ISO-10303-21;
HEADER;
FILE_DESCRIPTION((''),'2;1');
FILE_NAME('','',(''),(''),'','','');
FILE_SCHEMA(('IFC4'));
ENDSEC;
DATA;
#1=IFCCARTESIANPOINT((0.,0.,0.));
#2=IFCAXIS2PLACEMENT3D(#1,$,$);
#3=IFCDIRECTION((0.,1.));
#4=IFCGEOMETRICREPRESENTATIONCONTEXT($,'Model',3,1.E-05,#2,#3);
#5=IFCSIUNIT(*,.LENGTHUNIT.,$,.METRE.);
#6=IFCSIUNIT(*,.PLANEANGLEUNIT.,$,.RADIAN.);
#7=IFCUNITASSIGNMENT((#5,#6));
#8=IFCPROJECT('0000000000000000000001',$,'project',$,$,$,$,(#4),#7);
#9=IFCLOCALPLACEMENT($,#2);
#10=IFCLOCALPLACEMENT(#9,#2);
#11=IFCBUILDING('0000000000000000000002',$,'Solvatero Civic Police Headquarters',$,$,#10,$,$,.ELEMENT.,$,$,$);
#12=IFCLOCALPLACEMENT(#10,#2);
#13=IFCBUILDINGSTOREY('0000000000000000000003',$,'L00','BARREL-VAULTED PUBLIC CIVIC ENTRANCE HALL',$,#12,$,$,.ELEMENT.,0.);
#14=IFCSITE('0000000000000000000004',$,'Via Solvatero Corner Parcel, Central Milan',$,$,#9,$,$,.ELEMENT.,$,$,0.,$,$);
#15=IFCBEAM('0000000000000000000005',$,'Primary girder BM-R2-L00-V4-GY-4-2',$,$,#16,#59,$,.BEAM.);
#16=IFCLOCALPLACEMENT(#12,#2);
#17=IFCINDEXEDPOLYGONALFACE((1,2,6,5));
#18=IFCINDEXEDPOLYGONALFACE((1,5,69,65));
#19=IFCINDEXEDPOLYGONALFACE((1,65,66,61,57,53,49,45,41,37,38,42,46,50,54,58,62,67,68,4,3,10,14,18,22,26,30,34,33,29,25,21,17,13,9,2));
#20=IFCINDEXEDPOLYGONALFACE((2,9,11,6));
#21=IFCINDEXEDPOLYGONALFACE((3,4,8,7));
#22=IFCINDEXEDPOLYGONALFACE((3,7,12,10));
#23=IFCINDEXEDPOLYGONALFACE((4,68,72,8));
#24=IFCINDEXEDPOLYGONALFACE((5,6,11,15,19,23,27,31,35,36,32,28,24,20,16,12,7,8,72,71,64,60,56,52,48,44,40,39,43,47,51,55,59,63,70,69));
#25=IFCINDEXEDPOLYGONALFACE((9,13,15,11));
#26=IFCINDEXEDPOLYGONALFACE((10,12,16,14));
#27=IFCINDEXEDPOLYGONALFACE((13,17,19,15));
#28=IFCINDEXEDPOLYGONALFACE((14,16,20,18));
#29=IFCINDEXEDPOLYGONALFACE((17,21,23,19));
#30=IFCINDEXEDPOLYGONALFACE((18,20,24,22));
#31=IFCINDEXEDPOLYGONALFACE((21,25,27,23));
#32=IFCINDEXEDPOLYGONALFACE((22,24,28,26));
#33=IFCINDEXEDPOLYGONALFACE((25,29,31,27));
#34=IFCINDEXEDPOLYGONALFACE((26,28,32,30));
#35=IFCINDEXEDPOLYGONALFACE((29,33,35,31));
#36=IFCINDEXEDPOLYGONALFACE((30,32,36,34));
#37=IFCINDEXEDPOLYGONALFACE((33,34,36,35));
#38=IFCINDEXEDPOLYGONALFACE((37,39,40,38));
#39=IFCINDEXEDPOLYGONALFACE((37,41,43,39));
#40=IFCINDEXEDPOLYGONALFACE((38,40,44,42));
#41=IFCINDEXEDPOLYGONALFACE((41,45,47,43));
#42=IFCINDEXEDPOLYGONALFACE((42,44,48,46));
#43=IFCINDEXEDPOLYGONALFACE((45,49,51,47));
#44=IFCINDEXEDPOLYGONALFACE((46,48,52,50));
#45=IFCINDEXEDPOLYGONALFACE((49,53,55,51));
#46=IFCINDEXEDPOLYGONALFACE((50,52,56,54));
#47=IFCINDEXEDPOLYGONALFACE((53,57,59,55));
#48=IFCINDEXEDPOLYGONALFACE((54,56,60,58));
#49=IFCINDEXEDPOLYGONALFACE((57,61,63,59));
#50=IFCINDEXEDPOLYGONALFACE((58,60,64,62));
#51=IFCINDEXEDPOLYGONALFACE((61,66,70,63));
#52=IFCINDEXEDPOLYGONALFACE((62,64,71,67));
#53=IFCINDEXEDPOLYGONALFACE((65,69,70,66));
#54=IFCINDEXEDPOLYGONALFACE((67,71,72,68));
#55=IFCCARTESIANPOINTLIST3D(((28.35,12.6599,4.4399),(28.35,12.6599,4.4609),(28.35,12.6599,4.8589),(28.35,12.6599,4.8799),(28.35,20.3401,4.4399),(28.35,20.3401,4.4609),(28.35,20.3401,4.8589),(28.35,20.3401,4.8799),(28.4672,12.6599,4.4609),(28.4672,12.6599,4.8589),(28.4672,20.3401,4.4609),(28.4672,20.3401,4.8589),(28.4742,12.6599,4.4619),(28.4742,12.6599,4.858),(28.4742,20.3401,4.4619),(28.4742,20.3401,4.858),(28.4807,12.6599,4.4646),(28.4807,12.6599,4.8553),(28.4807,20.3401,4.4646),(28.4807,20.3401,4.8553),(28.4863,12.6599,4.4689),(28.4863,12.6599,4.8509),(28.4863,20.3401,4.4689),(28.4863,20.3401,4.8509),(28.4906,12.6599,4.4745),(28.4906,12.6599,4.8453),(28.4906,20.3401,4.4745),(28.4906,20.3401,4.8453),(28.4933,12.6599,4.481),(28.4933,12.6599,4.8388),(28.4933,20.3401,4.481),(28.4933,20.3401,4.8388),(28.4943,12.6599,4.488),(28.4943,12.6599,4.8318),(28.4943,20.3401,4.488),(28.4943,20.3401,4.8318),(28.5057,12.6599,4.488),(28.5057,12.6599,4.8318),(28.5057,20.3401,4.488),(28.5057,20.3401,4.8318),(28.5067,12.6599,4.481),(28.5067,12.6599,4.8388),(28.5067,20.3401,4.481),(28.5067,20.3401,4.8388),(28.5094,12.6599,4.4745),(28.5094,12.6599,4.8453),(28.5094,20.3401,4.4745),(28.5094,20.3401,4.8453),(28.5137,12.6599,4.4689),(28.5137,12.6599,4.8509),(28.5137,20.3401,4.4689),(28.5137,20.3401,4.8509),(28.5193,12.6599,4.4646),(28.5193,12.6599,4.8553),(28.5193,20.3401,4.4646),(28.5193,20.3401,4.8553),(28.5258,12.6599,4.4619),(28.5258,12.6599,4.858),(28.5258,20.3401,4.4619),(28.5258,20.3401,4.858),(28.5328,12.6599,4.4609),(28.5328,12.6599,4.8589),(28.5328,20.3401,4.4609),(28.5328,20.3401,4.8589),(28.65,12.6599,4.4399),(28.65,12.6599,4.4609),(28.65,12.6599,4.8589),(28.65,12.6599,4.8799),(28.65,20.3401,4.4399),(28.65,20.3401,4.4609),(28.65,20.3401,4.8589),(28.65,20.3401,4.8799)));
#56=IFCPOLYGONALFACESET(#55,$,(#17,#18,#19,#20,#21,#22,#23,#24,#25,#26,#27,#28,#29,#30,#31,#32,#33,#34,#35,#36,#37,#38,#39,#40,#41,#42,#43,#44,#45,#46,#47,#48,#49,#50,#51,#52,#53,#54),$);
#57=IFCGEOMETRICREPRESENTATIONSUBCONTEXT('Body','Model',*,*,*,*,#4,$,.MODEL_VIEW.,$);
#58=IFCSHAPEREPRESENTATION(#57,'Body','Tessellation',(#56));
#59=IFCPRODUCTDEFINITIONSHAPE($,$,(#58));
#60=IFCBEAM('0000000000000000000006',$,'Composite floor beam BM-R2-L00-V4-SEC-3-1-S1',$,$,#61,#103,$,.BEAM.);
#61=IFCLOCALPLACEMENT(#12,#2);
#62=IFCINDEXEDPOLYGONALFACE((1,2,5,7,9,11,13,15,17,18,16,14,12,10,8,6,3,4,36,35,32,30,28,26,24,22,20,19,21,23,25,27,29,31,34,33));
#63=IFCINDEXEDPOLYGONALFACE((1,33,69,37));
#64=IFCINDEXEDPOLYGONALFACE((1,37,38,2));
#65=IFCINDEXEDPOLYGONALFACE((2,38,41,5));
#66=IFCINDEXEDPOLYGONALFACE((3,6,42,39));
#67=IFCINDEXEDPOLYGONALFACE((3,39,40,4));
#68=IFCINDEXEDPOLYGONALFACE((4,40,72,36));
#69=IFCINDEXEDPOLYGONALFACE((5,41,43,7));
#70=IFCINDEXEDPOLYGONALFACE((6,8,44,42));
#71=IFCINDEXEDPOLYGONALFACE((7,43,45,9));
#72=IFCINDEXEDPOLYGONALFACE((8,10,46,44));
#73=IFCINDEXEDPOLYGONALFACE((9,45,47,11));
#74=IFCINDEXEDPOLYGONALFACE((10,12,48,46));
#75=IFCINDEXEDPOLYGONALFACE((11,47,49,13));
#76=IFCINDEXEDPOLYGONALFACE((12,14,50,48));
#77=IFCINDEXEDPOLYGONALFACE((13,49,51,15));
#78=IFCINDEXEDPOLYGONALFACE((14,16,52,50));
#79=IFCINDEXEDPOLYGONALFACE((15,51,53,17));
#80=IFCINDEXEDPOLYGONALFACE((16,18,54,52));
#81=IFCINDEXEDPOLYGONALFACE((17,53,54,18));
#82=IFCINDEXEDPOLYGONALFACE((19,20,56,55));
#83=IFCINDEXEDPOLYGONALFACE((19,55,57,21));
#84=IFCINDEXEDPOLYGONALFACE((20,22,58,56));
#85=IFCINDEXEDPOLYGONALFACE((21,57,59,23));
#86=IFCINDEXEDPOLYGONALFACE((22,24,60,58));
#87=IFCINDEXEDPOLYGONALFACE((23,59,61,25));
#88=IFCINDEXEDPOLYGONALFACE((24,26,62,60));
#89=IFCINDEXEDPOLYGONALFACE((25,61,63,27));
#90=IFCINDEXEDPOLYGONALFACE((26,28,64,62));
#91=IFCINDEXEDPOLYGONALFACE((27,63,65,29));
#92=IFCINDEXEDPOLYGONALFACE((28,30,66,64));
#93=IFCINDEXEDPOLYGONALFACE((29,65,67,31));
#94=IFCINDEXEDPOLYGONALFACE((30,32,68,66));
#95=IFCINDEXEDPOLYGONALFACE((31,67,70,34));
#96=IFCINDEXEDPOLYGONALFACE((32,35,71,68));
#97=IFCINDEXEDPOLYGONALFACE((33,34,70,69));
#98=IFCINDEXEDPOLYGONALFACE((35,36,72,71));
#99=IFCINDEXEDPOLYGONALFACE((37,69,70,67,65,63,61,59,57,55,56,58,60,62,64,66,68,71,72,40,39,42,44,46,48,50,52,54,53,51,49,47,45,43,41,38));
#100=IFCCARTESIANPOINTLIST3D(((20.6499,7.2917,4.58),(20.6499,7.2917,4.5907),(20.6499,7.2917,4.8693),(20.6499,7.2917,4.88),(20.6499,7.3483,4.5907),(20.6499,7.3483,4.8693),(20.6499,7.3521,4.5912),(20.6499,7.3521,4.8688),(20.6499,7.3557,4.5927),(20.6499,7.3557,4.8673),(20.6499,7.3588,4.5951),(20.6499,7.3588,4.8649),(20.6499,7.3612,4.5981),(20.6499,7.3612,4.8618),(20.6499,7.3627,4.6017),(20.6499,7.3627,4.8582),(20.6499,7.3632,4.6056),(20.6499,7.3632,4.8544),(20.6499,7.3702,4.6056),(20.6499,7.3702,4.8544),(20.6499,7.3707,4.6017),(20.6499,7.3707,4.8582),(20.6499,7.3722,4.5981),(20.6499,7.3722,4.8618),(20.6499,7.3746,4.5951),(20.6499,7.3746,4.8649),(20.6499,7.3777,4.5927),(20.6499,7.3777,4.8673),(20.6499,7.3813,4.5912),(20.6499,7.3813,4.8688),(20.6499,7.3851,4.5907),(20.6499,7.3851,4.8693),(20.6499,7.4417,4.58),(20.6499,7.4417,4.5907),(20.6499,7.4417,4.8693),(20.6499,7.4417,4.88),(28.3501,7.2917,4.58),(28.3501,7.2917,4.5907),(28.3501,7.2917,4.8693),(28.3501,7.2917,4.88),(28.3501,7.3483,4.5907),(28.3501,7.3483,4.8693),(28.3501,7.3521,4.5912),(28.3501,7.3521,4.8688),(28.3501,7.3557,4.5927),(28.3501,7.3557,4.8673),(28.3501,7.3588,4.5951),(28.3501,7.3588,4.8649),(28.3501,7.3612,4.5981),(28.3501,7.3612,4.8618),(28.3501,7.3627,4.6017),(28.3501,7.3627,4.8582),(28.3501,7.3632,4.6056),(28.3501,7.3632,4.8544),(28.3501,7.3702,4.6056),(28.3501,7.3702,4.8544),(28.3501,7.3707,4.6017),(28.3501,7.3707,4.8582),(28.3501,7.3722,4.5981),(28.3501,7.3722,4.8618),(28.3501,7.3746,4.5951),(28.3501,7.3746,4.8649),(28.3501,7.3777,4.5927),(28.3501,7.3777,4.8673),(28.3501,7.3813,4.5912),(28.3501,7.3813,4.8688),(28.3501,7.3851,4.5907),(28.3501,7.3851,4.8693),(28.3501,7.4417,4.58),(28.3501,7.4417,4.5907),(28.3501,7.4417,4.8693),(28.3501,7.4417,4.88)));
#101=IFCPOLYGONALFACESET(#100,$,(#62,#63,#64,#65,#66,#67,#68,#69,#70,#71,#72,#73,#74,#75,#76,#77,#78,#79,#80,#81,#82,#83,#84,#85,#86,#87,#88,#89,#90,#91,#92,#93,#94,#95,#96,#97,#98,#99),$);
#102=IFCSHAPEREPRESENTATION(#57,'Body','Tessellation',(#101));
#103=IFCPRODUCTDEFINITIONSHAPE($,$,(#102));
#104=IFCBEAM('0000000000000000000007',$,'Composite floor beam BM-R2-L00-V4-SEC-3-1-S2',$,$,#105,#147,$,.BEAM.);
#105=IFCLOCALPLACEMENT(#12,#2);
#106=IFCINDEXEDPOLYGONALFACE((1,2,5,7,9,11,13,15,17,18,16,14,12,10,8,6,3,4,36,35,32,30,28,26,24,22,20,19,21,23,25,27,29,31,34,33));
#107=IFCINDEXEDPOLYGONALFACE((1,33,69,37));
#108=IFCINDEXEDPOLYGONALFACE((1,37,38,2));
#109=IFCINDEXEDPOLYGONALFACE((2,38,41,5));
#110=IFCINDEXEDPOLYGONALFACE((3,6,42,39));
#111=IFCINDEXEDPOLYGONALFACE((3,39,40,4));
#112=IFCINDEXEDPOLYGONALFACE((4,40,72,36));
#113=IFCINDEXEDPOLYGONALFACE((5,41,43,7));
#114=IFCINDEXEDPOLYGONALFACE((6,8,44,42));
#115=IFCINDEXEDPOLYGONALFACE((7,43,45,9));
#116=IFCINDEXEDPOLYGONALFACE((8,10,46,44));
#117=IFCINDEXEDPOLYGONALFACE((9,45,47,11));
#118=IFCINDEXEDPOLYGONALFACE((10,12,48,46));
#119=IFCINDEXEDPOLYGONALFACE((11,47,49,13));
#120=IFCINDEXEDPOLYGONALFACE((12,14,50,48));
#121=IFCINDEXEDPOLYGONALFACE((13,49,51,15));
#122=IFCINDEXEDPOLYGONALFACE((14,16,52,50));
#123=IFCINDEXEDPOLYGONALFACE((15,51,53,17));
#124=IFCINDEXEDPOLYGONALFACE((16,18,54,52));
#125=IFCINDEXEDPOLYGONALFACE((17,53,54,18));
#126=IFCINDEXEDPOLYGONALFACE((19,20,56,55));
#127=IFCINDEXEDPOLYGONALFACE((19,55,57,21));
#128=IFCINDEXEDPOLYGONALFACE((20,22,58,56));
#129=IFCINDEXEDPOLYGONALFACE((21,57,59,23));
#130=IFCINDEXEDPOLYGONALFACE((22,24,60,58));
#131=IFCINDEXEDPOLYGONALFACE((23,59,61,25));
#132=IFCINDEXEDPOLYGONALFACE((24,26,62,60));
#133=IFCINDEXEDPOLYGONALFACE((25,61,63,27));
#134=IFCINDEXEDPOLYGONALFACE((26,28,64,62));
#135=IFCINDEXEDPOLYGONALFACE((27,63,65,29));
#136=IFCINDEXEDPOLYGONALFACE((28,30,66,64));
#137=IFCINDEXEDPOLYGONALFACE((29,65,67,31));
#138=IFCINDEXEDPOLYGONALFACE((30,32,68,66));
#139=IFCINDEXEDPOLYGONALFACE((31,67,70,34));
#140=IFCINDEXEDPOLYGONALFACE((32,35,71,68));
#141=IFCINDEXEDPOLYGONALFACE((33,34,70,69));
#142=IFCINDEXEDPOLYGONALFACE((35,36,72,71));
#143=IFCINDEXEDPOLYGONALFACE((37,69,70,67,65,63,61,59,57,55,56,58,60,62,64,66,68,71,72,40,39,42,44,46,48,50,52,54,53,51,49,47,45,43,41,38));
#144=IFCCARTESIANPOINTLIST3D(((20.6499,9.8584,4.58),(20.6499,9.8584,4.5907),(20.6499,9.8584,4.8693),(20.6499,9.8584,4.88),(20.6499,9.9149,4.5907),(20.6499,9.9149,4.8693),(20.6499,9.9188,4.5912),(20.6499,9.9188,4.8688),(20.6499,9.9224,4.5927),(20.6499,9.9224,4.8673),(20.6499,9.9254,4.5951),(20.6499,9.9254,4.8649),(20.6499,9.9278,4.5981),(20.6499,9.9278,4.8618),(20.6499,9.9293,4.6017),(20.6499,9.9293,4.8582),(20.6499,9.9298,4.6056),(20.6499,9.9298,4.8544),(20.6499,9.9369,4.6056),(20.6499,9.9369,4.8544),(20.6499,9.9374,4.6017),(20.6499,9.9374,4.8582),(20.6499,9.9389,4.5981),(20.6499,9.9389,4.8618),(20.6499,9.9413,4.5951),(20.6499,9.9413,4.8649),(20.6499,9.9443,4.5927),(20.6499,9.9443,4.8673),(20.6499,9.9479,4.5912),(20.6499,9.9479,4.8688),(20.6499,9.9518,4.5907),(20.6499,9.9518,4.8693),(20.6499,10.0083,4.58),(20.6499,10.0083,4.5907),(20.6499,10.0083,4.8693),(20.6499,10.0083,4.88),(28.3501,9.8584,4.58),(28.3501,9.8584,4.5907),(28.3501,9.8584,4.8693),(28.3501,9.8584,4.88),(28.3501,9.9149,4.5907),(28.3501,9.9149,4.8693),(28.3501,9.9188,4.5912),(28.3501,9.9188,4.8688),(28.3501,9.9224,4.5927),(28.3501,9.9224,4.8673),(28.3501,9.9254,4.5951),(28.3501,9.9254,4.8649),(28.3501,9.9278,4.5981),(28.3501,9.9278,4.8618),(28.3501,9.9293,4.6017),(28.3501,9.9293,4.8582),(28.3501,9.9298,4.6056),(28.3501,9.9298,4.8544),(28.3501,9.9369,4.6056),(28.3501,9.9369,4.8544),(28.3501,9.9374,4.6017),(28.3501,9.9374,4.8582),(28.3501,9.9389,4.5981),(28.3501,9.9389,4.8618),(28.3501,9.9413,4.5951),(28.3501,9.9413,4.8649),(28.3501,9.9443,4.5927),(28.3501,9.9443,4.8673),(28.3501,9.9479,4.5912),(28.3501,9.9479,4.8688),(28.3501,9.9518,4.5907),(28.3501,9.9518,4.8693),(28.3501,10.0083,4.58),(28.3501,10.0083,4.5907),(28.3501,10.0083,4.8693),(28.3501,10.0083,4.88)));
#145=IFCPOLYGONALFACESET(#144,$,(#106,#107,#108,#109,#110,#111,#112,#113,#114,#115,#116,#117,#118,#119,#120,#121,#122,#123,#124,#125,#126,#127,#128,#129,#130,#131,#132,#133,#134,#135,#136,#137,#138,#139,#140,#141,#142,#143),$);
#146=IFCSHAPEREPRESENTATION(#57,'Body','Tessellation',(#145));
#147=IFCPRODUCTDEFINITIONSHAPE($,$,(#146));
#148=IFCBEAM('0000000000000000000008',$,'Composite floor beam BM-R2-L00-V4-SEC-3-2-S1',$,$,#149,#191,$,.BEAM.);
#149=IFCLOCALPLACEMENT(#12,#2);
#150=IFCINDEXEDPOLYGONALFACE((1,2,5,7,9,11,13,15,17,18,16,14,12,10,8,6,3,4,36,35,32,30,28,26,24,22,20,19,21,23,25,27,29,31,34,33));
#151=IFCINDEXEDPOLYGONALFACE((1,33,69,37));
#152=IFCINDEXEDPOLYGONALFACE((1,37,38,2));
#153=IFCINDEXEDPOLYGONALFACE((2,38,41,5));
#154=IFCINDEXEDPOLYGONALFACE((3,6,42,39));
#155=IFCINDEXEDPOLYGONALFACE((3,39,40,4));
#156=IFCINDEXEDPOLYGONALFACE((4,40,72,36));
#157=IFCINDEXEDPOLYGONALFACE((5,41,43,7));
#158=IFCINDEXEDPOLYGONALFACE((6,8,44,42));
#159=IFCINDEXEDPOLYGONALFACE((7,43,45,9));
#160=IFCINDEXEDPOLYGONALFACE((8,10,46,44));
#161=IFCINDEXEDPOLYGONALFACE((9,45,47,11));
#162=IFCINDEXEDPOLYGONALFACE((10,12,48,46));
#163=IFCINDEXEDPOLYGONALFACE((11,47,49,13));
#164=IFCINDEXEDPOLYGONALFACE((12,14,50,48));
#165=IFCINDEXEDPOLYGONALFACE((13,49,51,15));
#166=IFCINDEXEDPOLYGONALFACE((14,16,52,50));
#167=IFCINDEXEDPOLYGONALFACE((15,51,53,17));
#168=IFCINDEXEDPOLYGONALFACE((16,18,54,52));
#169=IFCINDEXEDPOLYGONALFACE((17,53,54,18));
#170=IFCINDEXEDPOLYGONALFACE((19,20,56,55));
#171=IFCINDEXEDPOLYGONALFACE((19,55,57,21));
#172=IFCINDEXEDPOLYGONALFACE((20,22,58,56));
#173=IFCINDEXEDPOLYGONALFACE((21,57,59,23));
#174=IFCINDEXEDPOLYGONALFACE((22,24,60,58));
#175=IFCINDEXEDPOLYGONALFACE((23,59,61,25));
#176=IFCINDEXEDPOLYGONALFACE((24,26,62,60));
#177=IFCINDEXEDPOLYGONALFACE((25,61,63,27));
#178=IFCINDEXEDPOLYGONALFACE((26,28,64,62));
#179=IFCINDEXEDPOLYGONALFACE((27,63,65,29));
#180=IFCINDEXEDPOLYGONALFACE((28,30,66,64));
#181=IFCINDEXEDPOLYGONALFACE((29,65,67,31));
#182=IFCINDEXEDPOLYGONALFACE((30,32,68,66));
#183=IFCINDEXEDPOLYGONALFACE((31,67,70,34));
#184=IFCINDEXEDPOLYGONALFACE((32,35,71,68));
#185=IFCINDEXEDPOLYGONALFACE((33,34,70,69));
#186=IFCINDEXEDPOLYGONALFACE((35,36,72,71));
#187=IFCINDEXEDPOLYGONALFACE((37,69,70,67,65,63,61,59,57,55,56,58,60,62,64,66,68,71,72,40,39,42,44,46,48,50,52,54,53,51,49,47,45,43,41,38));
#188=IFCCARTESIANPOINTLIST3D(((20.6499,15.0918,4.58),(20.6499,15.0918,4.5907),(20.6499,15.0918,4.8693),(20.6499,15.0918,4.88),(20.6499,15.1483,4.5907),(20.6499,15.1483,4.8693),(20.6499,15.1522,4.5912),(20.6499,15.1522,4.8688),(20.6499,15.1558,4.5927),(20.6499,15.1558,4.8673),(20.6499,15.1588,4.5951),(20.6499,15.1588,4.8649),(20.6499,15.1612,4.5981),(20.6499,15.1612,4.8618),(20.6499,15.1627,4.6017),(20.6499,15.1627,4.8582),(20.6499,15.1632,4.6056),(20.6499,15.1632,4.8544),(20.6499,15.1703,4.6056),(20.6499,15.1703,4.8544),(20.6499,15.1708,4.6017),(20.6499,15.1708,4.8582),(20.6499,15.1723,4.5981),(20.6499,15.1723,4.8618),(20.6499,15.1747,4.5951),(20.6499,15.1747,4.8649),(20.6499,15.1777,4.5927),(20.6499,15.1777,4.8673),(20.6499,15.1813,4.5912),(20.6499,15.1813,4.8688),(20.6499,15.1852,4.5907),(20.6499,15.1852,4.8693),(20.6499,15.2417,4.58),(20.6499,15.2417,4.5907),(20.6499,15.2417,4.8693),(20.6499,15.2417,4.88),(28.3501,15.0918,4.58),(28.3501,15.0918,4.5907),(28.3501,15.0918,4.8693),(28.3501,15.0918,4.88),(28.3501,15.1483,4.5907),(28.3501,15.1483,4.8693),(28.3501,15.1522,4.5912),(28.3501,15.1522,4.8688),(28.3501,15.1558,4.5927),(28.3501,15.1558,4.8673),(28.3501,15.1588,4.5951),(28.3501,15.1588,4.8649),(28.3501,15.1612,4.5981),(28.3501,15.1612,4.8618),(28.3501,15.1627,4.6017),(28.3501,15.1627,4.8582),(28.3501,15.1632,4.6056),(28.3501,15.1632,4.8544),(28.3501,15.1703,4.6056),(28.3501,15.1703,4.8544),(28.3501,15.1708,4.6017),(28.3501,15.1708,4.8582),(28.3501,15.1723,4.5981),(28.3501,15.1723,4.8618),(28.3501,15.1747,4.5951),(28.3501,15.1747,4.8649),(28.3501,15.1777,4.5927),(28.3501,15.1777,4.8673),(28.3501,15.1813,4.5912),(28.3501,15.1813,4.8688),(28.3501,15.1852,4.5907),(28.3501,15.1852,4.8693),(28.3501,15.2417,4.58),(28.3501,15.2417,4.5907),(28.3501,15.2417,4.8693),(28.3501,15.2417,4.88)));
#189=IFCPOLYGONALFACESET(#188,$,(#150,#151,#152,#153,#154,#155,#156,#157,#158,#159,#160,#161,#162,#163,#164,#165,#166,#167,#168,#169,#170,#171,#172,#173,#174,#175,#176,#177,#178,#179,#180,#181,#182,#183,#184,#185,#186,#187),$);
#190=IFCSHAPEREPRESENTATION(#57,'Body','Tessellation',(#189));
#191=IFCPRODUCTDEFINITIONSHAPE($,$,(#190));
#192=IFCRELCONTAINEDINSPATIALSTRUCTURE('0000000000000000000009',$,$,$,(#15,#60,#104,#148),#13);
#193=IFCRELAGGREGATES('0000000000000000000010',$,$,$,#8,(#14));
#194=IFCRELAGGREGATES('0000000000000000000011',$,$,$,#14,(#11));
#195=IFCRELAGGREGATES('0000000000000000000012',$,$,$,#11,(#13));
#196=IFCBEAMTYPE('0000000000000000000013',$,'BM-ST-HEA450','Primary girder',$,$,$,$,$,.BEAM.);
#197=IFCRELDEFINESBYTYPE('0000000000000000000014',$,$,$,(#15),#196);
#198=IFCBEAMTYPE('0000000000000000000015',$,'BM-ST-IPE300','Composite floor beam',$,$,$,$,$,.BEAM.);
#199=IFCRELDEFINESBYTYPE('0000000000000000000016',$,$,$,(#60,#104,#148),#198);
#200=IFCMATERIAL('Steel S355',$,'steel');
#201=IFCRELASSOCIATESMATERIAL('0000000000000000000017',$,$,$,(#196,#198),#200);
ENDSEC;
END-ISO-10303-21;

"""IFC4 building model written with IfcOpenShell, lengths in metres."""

from ifc_helpers import new_model, si_unit, direction, frame, origin, origin_2d, place, context, subcontext, project, spatial, i_section, extrude, material, material_profile, profile_set, type_object, element, save


model = new_model("IFC4")

# Units and contexts
model_context = context("Model", 3, precision=1e-05, world=origin(), true_north=direction((0.0, 1.0)))
body_context = subcontext(model_context, "Body", "Model", "MODEL_VIEW")
ifc_project = project(units=[si_unit("LENGTHUNIT", "METRE"), si_unit("PLANEANGLEUNIT", "RADIAN")], contexts=[model_context])

# Site, building, storey
site_placement = place(None, origin())
site = spatial("IfcSite", under=ifc_project, at=site_placement, Name="Via Solvatero Corner Parcel, Central Milan", CompositionType="ELEMENT", RefElevation=0.0)
building_placement = place(site_placement, origin())
building = spatial("IfcBuilding", under=site, at=building_placement, Name="Solvatero Civic Police Headquarters", CompositionType="ELEMENT")
storey_placement = place(building_placement, origin())
storey = spatial("IfcBuildingStorey", under=building, at=storey_placement, Name="L00", Description="BARREL-VAULTED PUBLIC CIVIC ENTRANCE HALL", CompositionType="ELEMENT", Elevation=0.0)

# Beams
ifc_material_1 = material(Name="Steel S355", Category="steel")
ifc_material_profile_1 = material_profile(ifc_material_1, i_section(OverallWidth=0.3, OverallDepth=0.4399, WebThickness=0.0115, FlangeThickness=0.021, FilletRadius=0.0271, at=origin_2d()), Name="HEA 450")
ifc_profile_set_1 = profile_set([ifc_material_profile_1], Name="Steel S355")
beam_type_1 = type_object("IfcBeamType", Name="BM-ST-HEA450", Description="Primary girder", PredefinedType="BEAM", material=ifc_profile_set_1)
for number, where, z_axis, x_axis, name in (
    (1, (28.5, 12.6599, 4.6599), (0.0, 1.0, 0.0), (-1.0, 0.0, 0.0), "Primary girder BM-R2-L00-V4-GY-4-2"),
):
    element("IfcBeam", number, at=place(storey_placement, frame(where, z_axis=z_axis, x_axis=x_axis)), inside=storey, type_object=beam_type_1, Name=name, PredefinedType="BEAM", context=body_context, shape_type="SweptSolid", body=[
        extrude(i_section(OverallWidth=0.3, OverallDepth=0.4399, WebThickness=0.0115, FlangeThickness=0.021, FilletRadius=0.0271, at=origin_2d()), origin(), (0.0, 0.0, 1.0), 7.6802),
    ])
ifc_material_profile_2 = material_profile(ifc_material_1, i_section(OverallWidth=0.1499, OverallDepth=0.3, WebThickness=0.0071, FlangeThickness=0.0107, FilletRadius=0.0149, at=origin_2d()), Name="IPE 300")
ifc_profile_set_2 = profile_set([ifc_material_profile_2], Name="Steel S355")
beam_type_2 = type_object("IfcBeamType", Name="BM-ST-IPE300", Description="Composite floor beam", PredefinedType="BEAM", material=ifc_profile_set_2)
for number, where, z_axis, x_axis, name in (
    (2, (20.6499, 7.3667, 4.73), (1.0, 0.0, 0.0), (0.0, 1.0, 0.0), "Composite floor beam BM-R2-L00-V4-SEC-3-1-S1"),
    (3, (20.6499, 9.9333, 4.73), (1.0, 0.0, 0.0), (0.0, 1.0, 0.0), "Composite floor beam BM-R2-L00-V4-SEC-3-1-S2"),
    (4, (20.6499, 15.1667, 4.73), (1.0, 0.0, 0.0), (0.0, 1.0, 0.0), "Composite floor beam BM-R2-L00-V4-SEC-3-2-S1"),
):
    element("IfcBeam", number, at=place(storey_placement, frame(where, z_axis=z_axis, x_axis=x_axis)), inside=storey, type_object=beam_type_2, Name=name, PredefinedType="BEAM", context=body_context, shape_type="SweptSolid", body=[
        extrude(i_section(OverallWidth=0.1499, OverallDepth=0.3, WebThickness=0.0071, FlangeThickness=0.0107, FilletRadius=0.0149, at=origin_2d()), origin(), (0.0, 0.0, 1.0), 7.7002),
    ])

save(model, "model.ifc")
